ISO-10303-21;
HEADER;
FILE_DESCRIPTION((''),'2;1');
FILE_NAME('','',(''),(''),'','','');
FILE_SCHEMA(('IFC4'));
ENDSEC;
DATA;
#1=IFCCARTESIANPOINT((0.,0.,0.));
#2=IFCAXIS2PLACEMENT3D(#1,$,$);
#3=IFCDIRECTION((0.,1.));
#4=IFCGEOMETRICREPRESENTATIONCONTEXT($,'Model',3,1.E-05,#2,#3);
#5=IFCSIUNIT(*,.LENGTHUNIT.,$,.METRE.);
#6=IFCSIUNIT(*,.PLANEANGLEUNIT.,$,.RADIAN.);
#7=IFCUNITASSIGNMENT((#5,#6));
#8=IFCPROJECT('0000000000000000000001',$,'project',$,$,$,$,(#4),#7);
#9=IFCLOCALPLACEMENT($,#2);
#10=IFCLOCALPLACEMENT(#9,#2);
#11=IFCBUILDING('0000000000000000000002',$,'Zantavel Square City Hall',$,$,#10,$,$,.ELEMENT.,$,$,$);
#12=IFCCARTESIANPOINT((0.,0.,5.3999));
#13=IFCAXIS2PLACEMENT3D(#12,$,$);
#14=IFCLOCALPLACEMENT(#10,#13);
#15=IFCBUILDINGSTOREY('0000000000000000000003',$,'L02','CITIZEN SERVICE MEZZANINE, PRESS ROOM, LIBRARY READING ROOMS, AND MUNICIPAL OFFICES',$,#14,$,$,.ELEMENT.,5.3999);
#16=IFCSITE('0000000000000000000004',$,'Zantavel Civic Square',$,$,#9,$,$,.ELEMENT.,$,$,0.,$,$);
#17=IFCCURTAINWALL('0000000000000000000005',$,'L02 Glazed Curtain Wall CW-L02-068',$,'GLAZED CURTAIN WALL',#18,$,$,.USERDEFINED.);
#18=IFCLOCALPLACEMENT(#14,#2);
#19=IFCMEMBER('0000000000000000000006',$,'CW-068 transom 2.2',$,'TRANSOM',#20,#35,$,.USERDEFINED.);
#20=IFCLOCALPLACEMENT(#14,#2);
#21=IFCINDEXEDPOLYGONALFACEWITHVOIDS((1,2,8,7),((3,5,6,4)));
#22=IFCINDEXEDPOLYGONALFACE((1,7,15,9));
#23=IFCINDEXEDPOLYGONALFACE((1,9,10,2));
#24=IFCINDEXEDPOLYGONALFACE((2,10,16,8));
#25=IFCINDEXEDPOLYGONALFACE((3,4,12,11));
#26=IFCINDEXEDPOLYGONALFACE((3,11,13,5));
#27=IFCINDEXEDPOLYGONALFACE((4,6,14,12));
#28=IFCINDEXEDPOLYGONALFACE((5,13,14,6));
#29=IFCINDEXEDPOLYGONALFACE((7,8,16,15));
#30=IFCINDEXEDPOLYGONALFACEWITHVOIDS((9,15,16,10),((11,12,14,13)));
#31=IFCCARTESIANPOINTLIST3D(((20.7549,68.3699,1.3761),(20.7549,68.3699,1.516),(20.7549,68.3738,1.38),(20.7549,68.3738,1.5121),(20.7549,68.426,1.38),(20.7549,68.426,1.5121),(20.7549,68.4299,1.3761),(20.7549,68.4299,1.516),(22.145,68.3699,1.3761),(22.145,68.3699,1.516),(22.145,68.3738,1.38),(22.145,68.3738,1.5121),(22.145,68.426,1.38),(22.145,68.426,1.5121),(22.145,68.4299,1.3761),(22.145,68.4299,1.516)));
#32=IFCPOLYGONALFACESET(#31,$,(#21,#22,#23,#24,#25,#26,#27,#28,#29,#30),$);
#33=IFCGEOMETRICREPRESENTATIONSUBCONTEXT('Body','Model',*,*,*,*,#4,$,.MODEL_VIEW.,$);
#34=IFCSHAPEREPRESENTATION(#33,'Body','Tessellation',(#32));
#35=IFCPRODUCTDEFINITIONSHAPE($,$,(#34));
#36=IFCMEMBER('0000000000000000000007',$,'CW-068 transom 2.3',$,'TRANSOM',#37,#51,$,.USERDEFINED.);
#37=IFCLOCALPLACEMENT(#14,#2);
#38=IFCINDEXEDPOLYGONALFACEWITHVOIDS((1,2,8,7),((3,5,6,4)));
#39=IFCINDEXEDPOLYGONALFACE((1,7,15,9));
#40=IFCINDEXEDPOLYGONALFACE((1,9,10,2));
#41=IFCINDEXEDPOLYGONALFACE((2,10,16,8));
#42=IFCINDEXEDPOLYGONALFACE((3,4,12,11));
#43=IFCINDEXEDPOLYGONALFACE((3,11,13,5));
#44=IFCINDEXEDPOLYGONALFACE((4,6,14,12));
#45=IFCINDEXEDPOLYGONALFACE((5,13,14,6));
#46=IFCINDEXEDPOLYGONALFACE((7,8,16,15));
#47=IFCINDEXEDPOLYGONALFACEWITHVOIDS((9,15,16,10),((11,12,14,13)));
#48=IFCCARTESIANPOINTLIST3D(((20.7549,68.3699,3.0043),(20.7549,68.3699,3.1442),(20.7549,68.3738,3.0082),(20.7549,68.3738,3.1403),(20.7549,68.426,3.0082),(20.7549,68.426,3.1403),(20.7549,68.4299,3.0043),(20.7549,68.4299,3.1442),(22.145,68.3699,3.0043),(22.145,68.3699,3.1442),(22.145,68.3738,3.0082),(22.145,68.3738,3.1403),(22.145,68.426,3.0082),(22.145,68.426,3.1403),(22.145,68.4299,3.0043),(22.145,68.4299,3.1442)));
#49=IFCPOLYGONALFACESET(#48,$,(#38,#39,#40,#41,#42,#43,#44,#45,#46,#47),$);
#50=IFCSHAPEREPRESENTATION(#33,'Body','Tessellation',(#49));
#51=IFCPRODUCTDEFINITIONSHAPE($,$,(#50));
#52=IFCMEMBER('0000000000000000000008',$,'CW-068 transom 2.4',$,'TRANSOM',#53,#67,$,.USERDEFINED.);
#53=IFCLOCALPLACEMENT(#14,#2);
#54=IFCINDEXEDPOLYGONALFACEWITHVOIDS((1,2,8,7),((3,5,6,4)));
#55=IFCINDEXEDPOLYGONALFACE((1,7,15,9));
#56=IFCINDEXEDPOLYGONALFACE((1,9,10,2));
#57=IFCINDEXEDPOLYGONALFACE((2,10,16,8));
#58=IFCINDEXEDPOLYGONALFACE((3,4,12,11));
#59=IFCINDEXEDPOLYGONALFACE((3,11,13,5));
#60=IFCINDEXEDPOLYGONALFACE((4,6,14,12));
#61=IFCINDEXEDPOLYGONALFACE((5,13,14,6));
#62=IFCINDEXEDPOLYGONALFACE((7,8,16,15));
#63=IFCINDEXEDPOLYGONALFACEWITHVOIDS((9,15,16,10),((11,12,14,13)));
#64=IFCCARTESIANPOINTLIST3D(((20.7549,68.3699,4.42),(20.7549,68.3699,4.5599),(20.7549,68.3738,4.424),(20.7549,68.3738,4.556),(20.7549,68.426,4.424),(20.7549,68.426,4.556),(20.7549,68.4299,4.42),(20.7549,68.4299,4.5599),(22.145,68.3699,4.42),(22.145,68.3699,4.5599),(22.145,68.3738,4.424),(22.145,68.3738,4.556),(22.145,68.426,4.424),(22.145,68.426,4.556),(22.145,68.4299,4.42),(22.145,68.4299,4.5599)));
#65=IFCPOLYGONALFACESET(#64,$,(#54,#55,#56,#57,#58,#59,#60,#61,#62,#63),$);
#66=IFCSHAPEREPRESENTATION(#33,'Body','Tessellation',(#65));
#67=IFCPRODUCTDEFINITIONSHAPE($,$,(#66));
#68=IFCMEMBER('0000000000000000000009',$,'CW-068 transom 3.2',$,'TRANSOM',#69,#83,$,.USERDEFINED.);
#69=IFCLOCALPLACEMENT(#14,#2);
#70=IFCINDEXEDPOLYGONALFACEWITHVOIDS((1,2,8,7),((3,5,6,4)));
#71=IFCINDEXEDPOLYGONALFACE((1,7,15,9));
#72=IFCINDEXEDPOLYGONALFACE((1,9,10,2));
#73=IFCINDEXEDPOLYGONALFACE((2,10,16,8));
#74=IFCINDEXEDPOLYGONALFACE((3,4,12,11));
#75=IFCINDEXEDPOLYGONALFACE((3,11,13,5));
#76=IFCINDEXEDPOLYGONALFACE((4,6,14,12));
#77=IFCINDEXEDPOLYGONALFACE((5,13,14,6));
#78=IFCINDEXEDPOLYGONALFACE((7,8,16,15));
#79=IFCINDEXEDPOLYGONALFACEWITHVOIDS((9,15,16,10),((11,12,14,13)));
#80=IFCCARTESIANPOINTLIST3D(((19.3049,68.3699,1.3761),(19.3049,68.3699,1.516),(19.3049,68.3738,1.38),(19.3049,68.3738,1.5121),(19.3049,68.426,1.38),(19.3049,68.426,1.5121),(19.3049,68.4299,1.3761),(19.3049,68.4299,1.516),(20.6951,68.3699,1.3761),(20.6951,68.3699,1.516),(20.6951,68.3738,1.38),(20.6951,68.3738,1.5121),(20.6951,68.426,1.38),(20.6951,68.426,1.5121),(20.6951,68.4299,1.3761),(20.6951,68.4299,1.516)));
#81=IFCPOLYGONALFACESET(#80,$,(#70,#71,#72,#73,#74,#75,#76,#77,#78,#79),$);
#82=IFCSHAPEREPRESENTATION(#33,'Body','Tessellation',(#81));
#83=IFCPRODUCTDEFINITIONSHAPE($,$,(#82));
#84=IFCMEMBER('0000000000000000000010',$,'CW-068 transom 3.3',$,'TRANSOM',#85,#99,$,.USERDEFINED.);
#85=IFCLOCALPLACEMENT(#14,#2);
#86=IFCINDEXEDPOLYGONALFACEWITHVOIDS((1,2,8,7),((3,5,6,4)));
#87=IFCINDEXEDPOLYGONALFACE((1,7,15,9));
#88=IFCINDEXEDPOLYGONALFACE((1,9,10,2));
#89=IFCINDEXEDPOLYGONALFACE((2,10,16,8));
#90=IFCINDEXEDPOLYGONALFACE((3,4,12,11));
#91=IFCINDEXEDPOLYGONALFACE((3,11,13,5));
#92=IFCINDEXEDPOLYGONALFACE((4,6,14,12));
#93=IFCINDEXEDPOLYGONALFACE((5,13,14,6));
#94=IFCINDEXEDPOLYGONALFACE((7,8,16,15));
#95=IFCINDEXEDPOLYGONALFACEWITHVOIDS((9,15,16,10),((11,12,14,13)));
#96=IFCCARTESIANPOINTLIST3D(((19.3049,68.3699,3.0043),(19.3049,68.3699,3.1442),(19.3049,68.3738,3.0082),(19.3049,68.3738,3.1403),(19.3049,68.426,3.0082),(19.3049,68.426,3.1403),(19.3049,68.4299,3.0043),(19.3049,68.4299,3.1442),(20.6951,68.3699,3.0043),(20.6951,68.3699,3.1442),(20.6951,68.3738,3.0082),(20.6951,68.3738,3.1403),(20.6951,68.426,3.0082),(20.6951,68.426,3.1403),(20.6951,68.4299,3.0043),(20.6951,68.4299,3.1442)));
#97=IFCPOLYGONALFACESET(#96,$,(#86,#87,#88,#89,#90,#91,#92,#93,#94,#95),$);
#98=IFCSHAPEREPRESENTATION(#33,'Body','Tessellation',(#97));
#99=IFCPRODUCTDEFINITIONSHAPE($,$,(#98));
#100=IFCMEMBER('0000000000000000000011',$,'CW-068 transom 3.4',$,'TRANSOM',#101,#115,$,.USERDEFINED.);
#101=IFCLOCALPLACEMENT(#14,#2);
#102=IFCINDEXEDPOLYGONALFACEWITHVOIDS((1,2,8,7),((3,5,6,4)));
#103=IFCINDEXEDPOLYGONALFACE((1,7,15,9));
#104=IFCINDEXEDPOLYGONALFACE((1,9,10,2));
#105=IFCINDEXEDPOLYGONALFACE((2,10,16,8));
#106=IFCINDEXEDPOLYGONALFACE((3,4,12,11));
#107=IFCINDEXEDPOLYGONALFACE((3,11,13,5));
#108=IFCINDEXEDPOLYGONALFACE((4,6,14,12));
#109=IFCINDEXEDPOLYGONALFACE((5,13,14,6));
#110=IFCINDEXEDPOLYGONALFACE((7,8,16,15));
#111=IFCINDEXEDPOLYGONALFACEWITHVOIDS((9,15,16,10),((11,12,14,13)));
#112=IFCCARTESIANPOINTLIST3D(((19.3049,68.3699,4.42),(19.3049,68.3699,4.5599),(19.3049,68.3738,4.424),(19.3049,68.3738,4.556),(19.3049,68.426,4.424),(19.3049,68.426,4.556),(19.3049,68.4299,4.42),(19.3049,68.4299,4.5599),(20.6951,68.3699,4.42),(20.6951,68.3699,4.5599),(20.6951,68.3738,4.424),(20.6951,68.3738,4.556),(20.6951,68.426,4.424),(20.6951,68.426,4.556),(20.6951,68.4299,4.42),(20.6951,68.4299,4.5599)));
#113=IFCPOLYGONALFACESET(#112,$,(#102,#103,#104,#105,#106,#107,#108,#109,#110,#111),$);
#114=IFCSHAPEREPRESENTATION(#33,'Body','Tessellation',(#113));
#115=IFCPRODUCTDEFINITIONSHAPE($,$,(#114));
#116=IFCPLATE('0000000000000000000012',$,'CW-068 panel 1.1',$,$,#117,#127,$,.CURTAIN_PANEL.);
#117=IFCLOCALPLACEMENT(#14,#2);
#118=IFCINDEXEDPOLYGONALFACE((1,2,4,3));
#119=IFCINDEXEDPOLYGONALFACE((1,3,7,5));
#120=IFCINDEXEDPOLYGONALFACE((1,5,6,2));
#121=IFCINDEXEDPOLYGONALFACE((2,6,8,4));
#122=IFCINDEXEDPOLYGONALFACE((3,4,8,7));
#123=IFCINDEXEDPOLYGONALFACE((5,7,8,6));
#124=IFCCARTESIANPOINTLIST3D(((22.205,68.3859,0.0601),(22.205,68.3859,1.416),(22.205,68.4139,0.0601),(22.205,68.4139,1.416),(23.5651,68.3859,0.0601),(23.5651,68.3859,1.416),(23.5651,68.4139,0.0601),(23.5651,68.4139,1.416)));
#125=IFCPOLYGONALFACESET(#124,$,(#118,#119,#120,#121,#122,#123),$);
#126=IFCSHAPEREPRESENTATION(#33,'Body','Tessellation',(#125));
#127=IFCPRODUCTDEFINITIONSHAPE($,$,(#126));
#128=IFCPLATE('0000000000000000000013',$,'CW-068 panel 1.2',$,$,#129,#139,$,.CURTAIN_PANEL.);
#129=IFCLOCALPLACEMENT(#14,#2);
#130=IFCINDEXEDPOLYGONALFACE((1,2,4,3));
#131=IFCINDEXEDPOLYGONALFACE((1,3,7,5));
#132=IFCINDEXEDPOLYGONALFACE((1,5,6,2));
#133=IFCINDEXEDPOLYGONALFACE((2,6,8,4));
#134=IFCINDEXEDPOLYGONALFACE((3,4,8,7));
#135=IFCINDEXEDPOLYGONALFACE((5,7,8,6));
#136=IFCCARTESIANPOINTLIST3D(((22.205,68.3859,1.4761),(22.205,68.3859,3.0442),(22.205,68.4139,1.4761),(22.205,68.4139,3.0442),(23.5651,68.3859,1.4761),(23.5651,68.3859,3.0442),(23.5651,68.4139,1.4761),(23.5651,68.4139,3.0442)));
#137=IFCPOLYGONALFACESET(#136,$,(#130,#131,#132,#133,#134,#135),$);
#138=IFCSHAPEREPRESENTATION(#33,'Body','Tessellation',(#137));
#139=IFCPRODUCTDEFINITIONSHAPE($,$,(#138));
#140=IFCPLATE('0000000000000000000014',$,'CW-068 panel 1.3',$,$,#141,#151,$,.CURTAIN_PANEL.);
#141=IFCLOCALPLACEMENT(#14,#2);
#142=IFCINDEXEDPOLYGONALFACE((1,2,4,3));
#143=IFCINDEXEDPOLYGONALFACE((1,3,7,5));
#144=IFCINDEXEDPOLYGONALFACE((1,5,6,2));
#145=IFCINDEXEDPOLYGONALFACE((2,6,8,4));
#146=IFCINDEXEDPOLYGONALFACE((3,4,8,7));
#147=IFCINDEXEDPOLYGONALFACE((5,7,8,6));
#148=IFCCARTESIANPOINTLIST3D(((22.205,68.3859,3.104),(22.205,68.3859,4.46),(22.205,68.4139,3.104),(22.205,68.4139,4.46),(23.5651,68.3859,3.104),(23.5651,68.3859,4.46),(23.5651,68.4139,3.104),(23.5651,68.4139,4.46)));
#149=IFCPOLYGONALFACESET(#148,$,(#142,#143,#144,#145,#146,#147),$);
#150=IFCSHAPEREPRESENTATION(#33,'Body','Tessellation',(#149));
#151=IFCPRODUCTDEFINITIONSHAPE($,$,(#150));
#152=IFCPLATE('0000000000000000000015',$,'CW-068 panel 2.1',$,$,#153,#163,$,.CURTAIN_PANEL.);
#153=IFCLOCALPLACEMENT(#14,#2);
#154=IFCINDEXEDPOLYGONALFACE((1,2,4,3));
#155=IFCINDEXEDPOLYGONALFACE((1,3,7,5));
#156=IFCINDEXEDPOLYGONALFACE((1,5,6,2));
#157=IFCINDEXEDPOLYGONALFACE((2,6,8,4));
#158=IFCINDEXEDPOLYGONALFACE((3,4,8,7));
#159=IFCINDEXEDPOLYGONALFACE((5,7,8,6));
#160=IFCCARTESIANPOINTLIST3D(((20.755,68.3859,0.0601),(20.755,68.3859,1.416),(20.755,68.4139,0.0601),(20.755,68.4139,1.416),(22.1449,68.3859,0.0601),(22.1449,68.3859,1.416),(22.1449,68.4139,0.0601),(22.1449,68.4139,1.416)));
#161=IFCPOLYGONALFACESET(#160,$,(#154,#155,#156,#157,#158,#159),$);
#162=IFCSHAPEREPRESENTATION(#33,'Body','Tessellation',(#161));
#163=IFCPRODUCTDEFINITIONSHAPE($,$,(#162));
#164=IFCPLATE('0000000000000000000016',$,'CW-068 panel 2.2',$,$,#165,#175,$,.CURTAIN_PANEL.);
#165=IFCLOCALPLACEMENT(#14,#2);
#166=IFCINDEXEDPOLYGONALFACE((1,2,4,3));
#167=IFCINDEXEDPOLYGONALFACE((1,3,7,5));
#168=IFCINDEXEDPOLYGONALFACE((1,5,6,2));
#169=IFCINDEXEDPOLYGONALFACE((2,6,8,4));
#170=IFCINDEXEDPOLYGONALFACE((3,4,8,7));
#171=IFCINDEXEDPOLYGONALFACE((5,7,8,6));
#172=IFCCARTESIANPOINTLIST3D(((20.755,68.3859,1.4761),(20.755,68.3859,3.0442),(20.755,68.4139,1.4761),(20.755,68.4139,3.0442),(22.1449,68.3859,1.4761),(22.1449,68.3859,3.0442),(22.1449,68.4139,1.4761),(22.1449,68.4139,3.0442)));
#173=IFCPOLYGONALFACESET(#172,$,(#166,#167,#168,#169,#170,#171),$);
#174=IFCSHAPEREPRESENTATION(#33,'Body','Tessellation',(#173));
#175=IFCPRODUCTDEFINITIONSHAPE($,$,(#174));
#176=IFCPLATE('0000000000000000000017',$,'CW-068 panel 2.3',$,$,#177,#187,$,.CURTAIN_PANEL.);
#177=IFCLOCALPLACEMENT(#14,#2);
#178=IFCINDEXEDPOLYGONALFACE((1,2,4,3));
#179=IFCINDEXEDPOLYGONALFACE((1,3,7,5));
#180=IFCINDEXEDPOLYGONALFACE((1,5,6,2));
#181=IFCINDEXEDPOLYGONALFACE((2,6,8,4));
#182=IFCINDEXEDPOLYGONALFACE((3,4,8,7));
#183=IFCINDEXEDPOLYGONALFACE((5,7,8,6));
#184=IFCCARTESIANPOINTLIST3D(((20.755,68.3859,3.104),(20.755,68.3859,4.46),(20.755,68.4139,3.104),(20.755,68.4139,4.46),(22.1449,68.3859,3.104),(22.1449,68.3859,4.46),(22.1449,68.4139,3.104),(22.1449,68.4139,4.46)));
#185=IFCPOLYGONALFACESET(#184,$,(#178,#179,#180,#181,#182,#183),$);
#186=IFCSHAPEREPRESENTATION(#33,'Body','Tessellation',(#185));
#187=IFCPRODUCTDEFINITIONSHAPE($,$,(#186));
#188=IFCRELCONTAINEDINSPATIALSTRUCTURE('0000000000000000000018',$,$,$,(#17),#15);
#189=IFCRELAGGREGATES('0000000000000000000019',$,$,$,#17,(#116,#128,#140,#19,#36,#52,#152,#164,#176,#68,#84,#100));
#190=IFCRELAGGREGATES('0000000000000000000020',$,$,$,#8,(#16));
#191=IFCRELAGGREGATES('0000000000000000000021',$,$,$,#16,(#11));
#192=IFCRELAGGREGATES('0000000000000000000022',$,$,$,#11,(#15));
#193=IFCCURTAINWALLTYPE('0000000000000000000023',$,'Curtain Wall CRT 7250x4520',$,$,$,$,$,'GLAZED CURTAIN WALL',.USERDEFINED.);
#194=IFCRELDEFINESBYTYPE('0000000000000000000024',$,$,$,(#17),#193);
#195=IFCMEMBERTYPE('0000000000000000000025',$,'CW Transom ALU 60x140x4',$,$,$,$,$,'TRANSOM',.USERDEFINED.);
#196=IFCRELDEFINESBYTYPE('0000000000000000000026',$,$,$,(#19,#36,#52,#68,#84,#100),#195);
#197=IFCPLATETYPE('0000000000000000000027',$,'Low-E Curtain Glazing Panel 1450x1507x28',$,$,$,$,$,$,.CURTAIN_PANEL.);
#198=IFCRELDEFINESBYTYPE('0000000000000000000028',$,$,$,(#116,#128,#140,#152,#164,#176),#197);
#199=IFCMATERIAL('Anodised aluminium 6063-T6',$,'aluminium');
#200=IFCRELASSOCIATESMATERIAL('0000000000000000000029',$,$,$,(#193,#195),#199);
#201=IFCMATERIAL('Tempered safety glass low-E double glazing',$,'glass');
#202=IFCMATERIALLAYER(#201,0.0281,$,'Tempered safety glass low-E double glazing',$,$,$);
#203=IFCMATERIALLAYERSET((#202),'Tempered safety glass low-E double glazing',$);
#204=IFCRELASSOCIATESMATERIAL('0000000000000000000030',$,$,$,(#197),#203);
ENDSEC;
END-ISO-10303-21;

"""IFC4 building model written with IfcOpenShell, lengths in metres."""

from ifc_helpers import new_model, si_unit, direction, frame, origin, origin_2d, place, context, subcontext, project, spatial, rectangle, hollow_rectangle, extrude, material, layer, layer_set, material_profile, profile_set, type_object, element, aggregate, save


model = new_model("IFC4")

# Units and contexts
model_context = context("Model", 3, precision=1e-05, world=origin(), true_north=direction((0.0, 1.0)))
body_context = subcontext(model_context, "Body", "Model", "MODEL_VIEW")
ifc_project = project(units=[si_unit("LENGTHUNIT", "METRE"), si_unit("PLANEANGLEUNIT", "RADIAN")], contexts=[model_context])

# Site, building, storey
site_placement = place(None, origin())
site = spatial("IfcSite", under=ifc_project, at=site_placement, Name="Zantavel Civic Square", CompositionType="ELEMENT", RefElevation=0.0)
building_placement = place(site_placement, origin())
building = spatial("IfcBuilding", under=site, at=building_placement, Name="Zantavel Square City Hall", CompositionType="ELEMENT")
storey_placement = place(building_placement, frame((0.0, 0.0, 5.3999)))
storey = spatial("IfcBuildingStorey", under=building, at=storey_placement, Name="L02", Description="CITIZEN SERVICE MEZZANINE, PRESS ROOM, LIBRARY READING ROOMS, AND MUNICIPAL OFFICES", CompositionType="ELEMENT", Elevation=5.3999)

# Curtain wall, members, plates
ifc_material_1 = material(Name="Anodised aluminium 6063-T6", Category="aluminium")
curtain_wall_type = type_object("IfcCurtainWallType", Name="Curtain Wall CRT 7250x4520", ElementType="GLAZED CURTAIN WALL", PredefinedType="USERDEFINED", material=ifc_material_1)
curtain_wall_placement = place(storey_placement, origin())
curtain_wall = element("IfcCurtainWall", 1, at=curtain_wall_placement, inside=storey, type_object=curtain_wall_type, Name="L02 Glazed Curtain Wall CW-L02-068", ObjectType="GLAZED CURTAIN WALL", PredefinedType="USERDEFINED")
ifc_material_profile_1 = material_profile(ifc_material_1, hollow_rectangle(XDim=0.0601, YDim=0.1399, WallThickness=0.0039, at=origin_2d()), Name="ALU 60x140x4")
ifc_profile_set_1 = profile_set([ifc_material_profile_1], Name="Anodised aluminium 6063-T6")
member_type_1 = type_object("IfcMemberType", Name="CW Transom ALU 60x140x4", ElementType="TRANSOM", PredefinedType="USERDEFINED", material=ifc_profile_set_1)
member_1_placement = place(storey_placement, frame((22.145, 68.3999, 1.446), z_axis=(-1.0, 0.0, 0.0), x_axis=(0.0, -1.0, 0.0)))
member_1 = element("IfcMember", 2, at=member_1_placement, type_object=member_type_1, Name="CW-068 transom 2.2", ObjectType="TRANSOM", PredefinedType="USERDEFINED", context=body_context, shape_type="SweptSolid", body=[
    extrude(hollow_rectangle(XDim=0.0601, YDim=0.1399, WallThickness=0.0039, at=origin_2d()), origin(), (0.0, 0.0, 1.0), 1.3901),
])
member_2_placement = place(storey_placement, frame((22.145, 68.3999, 3.0742), z_axis=(-1.0, 0.0, 0.0), x_axis=(0.0, -1.0, 0.0)))
member_2 = element("IfcMember", 3, at=member_2_placement, type_object=member_type_1, Name="CW-068 transom 2.3", ObjectType="TRANSOM", PredefinedType="USERDEFINED", context=body_context, shape_type="SweptSolid", body=[
    extrude(hollow_rectangle(XDim=0.0601, YDim=0.1399, WallThickness=0.0039, at=origin_2d()), origin(), (0.0, 0.0, 1.0), 1.3901),
])
member_3_placement = place(storey_placement, frame((22.145, 68.3999, 4.49), z_axis=(-1.0, 0.0, 0.0), x_axis=(0.0, -1.0, 0.0)))
member_3 = element("IfcMember", 4, at=member_3_placement, type_object=member_type_1, Name="CW-068 transom 2.4", ObjectType="TRANSOM", PredefinedType="USERDEFINED", context=body_context, shape_type="SweptSolid", body=[
    extrude(hollow_rectangle(XDim=0.0601, YDim=0.1399, WallThickness=0.0039, at=origin_2d()), origin(), (0.0, 0.0, 1.0), 1.3901),
])
member_4_placement = place(storey_placement, frame((20.6951, 68.3999, 1.446), z_axis=(-1.0, 0.0, 0.0), x_axis=(0.0, -1.0, 0.0)))
member_4 = element("IfcMember", 5, at=member_4_placement, type_object=member_type_1, Name="CW-068 transom 3.2", ObjectType="TRANSOM", PredefinedType="USERDEFINED", context=body_context, shape_type="SweptSolid", body=[
    extrude(hollow_rectangle(XDim=0.0601, YDim=0.1399, WallThickness=0.0039, at=origin_2d()), origin(), (0.0, 0.0, 1.0), 1.3901),
])
member_5_placement = place(storey_placement, frame((20.6951, 68.3999, 3.0742), z_axis=(-1.0, 0.0, 0.0), x_axis=(0.0, -1.0, 0.0)))
member_5 = element("IfcMember", 6, at=member_5_placement, type_object=member_type_1, Name="CW-068 transom 3.3", ObjectType="TRANSOM", PredefinedType="USERDEFINED", context=body_context, shape_type="SweptSolid", body=[
    extrude(hollow_rectangle(XDim=0.0601, YDim=0.1399, WallThickness=0.0039, at=origin_2d()), origin(), (0.0, 0.0, 1.0), 1.3901),
])
member_6_placement = place(storey_placement, frame((20.6951, 68.3999, 4.49), z_axis=(-1.0, 0.0, 0.0), x_axis=(0.0, -1.0, 0.0)))
member_6 = element("IfcMember", 7, at=member_6_placement, type_object=member_type_1, Name="CW-068 transom 3.4", ObjectType="TRANSOM", PredefinedType="USERDEFINED", context=body_context, shape_type="SweptSolid", body=[
    extrude(hollow_rectangle(XDim=0.0601, YDim=0.1399, WallThickness=0.0039, at=origin_2d()), origin(), (0.0, 0.0, 1.0), 1.3901),
])
ifc_material_2 = material(Name="Tempered safety glass low-E double glazing", Category="glass")
ifc_layer = layer(ifc_material_2, 0.0281, Name="Tempered safety glass low-E double glazing")
ifc_layer_set = layer_set([ifc_layer], Name="Tempered safety glass low-E double glazing")
plate_type = type_object("IfcPlateType", Name="Low-E Curtain Glazing Panel 1450x1507x28", PredefinedType="CURTAIN_PANEL", material=ifc_layer_set)
plate_1_placement = place(storey_placement, frame((22.885, 68.3999, 0.0601), z_axis=(0.0, 0.0, 1.0), x_axis=(-1.0, 0.0, 0.0)))
plate_1 = element("IfcPlate", 8, at=plate_1_placement, type_object=plate_type, Name="CW-068 panel 1.1", PredefinedType="CURTAIN_PANEL", context=body_context, shape_type="SweptSolid", body=[
    extrude(rectangle(XDim=1.3601, YDim=0.0281, at=origin_2d()), origin(), (0.0, 0.0, 1.0), 1.356),
])
plate_2_placement = place(storey_placement, frame((22.885, 68.3999, 1.4761), z_axis=(0.0, 0.0, 1.0), x_axis=(-1.0, 0.0, 0.0)))
plate_2 = element("IfcPlate", 9, at=plate_2_placement, type_object=plate_type, Name="CW-068 panel 1.2", PredefinedType="CURTAIN_PANEL", context=body_context, shape_type="SweptSolid", body=[
    extrude(rectangle(XDim=1.3601, YDim=0.0281, at=origin_2d()), origin(), (0.0, 0.0, 1.0), 1.5681),
])
plate_3_placement = place(storey_placement, frame((22.885, 68.3999, 3.104), z_axis=(0.0, 0.0, 1.0), x_axis=(-1.0, 0.0, 0.0)))
plate_3 = element("IfcPlate", 10, at=plate_3_placement, type_object=plate_type, Name="CW-068 panel 1.3", PredefinedType="CURTAIN_PANEL", context=body_context, shape_type="SweptSolid", body=[
    extrude(rectangle(XDim=1.3601, YDim=0.0281, at=origin_2d()), origin(), (0.0, 0.0, 1.0), 1.356),
])
plate_4_placement = place(storey_placement, frame((21.45, 68.3999, 0.0601), z_axis=(0.0, 0.0, 1.0), x_axis=(-1.0, 0.0, 0.0)))
plate_4 = element("IfcPlate", 11, at=plate_4_placement, type_object=plate_type, Name="CW-068 panel 2.1", PredefinedType="CURTAIN_PANEL", context=body_context, shape_type="SweptSolid", body=[
    extrude(rectangle(XDim=1.3899, YDim=0.0281, at=origin_2d()), origin(), (0.0, 0.0, 1.0), 1.356),
])
plate_5_placement = place(storey_placement, frame((21.45, 68.3999, 1.4761), z_axis=(0.0, 0.0, 1.0), x_axis=(-1.0, 0.0, 0.0)))
plate_5 = element("IfcPlate", 12, at=plate_5_placement, type_object=plate_type, Name="CW-068 panel 2.2", PredefinedType="CURTAIN_PANEL", context=body_context, shape_type="SweptSolid", body=[
    extrude(rectangle(XDim=1.3899, YDim=0.0281, at=origin_2d()), origin(), (0.0, 0.0, 1.0), 1.5681),
])
plate_6_placement = place(storey_placement, frame((21.45, 68.3999, 3.104), z_axis=(0.0, 0.0, 1.0), x_axis=(-1.0, 0.0, 0.0)))
plate_6 = element("IfcPlate", 13, at=plate_6_placement, type_object=plate_type, Name="CW-068 panel 2.3", PredefinedType="CURTAIN_PANEL", context=body_context, shape_type="SweptSolid", body=[
    extrude(rectangle(XDim=1.3899, YDim=0.0281, at=origin_2d()), origin(), (0.0, 0.0, 1.0), 1.356),
])
aggregate(curtain_wall, [plate_1, plate_2, plate_3, member_1, member_2, member_3, plate_4, plate_5, plate_6, member_4, member_5, member_6])

save(model, "model.ifc")
